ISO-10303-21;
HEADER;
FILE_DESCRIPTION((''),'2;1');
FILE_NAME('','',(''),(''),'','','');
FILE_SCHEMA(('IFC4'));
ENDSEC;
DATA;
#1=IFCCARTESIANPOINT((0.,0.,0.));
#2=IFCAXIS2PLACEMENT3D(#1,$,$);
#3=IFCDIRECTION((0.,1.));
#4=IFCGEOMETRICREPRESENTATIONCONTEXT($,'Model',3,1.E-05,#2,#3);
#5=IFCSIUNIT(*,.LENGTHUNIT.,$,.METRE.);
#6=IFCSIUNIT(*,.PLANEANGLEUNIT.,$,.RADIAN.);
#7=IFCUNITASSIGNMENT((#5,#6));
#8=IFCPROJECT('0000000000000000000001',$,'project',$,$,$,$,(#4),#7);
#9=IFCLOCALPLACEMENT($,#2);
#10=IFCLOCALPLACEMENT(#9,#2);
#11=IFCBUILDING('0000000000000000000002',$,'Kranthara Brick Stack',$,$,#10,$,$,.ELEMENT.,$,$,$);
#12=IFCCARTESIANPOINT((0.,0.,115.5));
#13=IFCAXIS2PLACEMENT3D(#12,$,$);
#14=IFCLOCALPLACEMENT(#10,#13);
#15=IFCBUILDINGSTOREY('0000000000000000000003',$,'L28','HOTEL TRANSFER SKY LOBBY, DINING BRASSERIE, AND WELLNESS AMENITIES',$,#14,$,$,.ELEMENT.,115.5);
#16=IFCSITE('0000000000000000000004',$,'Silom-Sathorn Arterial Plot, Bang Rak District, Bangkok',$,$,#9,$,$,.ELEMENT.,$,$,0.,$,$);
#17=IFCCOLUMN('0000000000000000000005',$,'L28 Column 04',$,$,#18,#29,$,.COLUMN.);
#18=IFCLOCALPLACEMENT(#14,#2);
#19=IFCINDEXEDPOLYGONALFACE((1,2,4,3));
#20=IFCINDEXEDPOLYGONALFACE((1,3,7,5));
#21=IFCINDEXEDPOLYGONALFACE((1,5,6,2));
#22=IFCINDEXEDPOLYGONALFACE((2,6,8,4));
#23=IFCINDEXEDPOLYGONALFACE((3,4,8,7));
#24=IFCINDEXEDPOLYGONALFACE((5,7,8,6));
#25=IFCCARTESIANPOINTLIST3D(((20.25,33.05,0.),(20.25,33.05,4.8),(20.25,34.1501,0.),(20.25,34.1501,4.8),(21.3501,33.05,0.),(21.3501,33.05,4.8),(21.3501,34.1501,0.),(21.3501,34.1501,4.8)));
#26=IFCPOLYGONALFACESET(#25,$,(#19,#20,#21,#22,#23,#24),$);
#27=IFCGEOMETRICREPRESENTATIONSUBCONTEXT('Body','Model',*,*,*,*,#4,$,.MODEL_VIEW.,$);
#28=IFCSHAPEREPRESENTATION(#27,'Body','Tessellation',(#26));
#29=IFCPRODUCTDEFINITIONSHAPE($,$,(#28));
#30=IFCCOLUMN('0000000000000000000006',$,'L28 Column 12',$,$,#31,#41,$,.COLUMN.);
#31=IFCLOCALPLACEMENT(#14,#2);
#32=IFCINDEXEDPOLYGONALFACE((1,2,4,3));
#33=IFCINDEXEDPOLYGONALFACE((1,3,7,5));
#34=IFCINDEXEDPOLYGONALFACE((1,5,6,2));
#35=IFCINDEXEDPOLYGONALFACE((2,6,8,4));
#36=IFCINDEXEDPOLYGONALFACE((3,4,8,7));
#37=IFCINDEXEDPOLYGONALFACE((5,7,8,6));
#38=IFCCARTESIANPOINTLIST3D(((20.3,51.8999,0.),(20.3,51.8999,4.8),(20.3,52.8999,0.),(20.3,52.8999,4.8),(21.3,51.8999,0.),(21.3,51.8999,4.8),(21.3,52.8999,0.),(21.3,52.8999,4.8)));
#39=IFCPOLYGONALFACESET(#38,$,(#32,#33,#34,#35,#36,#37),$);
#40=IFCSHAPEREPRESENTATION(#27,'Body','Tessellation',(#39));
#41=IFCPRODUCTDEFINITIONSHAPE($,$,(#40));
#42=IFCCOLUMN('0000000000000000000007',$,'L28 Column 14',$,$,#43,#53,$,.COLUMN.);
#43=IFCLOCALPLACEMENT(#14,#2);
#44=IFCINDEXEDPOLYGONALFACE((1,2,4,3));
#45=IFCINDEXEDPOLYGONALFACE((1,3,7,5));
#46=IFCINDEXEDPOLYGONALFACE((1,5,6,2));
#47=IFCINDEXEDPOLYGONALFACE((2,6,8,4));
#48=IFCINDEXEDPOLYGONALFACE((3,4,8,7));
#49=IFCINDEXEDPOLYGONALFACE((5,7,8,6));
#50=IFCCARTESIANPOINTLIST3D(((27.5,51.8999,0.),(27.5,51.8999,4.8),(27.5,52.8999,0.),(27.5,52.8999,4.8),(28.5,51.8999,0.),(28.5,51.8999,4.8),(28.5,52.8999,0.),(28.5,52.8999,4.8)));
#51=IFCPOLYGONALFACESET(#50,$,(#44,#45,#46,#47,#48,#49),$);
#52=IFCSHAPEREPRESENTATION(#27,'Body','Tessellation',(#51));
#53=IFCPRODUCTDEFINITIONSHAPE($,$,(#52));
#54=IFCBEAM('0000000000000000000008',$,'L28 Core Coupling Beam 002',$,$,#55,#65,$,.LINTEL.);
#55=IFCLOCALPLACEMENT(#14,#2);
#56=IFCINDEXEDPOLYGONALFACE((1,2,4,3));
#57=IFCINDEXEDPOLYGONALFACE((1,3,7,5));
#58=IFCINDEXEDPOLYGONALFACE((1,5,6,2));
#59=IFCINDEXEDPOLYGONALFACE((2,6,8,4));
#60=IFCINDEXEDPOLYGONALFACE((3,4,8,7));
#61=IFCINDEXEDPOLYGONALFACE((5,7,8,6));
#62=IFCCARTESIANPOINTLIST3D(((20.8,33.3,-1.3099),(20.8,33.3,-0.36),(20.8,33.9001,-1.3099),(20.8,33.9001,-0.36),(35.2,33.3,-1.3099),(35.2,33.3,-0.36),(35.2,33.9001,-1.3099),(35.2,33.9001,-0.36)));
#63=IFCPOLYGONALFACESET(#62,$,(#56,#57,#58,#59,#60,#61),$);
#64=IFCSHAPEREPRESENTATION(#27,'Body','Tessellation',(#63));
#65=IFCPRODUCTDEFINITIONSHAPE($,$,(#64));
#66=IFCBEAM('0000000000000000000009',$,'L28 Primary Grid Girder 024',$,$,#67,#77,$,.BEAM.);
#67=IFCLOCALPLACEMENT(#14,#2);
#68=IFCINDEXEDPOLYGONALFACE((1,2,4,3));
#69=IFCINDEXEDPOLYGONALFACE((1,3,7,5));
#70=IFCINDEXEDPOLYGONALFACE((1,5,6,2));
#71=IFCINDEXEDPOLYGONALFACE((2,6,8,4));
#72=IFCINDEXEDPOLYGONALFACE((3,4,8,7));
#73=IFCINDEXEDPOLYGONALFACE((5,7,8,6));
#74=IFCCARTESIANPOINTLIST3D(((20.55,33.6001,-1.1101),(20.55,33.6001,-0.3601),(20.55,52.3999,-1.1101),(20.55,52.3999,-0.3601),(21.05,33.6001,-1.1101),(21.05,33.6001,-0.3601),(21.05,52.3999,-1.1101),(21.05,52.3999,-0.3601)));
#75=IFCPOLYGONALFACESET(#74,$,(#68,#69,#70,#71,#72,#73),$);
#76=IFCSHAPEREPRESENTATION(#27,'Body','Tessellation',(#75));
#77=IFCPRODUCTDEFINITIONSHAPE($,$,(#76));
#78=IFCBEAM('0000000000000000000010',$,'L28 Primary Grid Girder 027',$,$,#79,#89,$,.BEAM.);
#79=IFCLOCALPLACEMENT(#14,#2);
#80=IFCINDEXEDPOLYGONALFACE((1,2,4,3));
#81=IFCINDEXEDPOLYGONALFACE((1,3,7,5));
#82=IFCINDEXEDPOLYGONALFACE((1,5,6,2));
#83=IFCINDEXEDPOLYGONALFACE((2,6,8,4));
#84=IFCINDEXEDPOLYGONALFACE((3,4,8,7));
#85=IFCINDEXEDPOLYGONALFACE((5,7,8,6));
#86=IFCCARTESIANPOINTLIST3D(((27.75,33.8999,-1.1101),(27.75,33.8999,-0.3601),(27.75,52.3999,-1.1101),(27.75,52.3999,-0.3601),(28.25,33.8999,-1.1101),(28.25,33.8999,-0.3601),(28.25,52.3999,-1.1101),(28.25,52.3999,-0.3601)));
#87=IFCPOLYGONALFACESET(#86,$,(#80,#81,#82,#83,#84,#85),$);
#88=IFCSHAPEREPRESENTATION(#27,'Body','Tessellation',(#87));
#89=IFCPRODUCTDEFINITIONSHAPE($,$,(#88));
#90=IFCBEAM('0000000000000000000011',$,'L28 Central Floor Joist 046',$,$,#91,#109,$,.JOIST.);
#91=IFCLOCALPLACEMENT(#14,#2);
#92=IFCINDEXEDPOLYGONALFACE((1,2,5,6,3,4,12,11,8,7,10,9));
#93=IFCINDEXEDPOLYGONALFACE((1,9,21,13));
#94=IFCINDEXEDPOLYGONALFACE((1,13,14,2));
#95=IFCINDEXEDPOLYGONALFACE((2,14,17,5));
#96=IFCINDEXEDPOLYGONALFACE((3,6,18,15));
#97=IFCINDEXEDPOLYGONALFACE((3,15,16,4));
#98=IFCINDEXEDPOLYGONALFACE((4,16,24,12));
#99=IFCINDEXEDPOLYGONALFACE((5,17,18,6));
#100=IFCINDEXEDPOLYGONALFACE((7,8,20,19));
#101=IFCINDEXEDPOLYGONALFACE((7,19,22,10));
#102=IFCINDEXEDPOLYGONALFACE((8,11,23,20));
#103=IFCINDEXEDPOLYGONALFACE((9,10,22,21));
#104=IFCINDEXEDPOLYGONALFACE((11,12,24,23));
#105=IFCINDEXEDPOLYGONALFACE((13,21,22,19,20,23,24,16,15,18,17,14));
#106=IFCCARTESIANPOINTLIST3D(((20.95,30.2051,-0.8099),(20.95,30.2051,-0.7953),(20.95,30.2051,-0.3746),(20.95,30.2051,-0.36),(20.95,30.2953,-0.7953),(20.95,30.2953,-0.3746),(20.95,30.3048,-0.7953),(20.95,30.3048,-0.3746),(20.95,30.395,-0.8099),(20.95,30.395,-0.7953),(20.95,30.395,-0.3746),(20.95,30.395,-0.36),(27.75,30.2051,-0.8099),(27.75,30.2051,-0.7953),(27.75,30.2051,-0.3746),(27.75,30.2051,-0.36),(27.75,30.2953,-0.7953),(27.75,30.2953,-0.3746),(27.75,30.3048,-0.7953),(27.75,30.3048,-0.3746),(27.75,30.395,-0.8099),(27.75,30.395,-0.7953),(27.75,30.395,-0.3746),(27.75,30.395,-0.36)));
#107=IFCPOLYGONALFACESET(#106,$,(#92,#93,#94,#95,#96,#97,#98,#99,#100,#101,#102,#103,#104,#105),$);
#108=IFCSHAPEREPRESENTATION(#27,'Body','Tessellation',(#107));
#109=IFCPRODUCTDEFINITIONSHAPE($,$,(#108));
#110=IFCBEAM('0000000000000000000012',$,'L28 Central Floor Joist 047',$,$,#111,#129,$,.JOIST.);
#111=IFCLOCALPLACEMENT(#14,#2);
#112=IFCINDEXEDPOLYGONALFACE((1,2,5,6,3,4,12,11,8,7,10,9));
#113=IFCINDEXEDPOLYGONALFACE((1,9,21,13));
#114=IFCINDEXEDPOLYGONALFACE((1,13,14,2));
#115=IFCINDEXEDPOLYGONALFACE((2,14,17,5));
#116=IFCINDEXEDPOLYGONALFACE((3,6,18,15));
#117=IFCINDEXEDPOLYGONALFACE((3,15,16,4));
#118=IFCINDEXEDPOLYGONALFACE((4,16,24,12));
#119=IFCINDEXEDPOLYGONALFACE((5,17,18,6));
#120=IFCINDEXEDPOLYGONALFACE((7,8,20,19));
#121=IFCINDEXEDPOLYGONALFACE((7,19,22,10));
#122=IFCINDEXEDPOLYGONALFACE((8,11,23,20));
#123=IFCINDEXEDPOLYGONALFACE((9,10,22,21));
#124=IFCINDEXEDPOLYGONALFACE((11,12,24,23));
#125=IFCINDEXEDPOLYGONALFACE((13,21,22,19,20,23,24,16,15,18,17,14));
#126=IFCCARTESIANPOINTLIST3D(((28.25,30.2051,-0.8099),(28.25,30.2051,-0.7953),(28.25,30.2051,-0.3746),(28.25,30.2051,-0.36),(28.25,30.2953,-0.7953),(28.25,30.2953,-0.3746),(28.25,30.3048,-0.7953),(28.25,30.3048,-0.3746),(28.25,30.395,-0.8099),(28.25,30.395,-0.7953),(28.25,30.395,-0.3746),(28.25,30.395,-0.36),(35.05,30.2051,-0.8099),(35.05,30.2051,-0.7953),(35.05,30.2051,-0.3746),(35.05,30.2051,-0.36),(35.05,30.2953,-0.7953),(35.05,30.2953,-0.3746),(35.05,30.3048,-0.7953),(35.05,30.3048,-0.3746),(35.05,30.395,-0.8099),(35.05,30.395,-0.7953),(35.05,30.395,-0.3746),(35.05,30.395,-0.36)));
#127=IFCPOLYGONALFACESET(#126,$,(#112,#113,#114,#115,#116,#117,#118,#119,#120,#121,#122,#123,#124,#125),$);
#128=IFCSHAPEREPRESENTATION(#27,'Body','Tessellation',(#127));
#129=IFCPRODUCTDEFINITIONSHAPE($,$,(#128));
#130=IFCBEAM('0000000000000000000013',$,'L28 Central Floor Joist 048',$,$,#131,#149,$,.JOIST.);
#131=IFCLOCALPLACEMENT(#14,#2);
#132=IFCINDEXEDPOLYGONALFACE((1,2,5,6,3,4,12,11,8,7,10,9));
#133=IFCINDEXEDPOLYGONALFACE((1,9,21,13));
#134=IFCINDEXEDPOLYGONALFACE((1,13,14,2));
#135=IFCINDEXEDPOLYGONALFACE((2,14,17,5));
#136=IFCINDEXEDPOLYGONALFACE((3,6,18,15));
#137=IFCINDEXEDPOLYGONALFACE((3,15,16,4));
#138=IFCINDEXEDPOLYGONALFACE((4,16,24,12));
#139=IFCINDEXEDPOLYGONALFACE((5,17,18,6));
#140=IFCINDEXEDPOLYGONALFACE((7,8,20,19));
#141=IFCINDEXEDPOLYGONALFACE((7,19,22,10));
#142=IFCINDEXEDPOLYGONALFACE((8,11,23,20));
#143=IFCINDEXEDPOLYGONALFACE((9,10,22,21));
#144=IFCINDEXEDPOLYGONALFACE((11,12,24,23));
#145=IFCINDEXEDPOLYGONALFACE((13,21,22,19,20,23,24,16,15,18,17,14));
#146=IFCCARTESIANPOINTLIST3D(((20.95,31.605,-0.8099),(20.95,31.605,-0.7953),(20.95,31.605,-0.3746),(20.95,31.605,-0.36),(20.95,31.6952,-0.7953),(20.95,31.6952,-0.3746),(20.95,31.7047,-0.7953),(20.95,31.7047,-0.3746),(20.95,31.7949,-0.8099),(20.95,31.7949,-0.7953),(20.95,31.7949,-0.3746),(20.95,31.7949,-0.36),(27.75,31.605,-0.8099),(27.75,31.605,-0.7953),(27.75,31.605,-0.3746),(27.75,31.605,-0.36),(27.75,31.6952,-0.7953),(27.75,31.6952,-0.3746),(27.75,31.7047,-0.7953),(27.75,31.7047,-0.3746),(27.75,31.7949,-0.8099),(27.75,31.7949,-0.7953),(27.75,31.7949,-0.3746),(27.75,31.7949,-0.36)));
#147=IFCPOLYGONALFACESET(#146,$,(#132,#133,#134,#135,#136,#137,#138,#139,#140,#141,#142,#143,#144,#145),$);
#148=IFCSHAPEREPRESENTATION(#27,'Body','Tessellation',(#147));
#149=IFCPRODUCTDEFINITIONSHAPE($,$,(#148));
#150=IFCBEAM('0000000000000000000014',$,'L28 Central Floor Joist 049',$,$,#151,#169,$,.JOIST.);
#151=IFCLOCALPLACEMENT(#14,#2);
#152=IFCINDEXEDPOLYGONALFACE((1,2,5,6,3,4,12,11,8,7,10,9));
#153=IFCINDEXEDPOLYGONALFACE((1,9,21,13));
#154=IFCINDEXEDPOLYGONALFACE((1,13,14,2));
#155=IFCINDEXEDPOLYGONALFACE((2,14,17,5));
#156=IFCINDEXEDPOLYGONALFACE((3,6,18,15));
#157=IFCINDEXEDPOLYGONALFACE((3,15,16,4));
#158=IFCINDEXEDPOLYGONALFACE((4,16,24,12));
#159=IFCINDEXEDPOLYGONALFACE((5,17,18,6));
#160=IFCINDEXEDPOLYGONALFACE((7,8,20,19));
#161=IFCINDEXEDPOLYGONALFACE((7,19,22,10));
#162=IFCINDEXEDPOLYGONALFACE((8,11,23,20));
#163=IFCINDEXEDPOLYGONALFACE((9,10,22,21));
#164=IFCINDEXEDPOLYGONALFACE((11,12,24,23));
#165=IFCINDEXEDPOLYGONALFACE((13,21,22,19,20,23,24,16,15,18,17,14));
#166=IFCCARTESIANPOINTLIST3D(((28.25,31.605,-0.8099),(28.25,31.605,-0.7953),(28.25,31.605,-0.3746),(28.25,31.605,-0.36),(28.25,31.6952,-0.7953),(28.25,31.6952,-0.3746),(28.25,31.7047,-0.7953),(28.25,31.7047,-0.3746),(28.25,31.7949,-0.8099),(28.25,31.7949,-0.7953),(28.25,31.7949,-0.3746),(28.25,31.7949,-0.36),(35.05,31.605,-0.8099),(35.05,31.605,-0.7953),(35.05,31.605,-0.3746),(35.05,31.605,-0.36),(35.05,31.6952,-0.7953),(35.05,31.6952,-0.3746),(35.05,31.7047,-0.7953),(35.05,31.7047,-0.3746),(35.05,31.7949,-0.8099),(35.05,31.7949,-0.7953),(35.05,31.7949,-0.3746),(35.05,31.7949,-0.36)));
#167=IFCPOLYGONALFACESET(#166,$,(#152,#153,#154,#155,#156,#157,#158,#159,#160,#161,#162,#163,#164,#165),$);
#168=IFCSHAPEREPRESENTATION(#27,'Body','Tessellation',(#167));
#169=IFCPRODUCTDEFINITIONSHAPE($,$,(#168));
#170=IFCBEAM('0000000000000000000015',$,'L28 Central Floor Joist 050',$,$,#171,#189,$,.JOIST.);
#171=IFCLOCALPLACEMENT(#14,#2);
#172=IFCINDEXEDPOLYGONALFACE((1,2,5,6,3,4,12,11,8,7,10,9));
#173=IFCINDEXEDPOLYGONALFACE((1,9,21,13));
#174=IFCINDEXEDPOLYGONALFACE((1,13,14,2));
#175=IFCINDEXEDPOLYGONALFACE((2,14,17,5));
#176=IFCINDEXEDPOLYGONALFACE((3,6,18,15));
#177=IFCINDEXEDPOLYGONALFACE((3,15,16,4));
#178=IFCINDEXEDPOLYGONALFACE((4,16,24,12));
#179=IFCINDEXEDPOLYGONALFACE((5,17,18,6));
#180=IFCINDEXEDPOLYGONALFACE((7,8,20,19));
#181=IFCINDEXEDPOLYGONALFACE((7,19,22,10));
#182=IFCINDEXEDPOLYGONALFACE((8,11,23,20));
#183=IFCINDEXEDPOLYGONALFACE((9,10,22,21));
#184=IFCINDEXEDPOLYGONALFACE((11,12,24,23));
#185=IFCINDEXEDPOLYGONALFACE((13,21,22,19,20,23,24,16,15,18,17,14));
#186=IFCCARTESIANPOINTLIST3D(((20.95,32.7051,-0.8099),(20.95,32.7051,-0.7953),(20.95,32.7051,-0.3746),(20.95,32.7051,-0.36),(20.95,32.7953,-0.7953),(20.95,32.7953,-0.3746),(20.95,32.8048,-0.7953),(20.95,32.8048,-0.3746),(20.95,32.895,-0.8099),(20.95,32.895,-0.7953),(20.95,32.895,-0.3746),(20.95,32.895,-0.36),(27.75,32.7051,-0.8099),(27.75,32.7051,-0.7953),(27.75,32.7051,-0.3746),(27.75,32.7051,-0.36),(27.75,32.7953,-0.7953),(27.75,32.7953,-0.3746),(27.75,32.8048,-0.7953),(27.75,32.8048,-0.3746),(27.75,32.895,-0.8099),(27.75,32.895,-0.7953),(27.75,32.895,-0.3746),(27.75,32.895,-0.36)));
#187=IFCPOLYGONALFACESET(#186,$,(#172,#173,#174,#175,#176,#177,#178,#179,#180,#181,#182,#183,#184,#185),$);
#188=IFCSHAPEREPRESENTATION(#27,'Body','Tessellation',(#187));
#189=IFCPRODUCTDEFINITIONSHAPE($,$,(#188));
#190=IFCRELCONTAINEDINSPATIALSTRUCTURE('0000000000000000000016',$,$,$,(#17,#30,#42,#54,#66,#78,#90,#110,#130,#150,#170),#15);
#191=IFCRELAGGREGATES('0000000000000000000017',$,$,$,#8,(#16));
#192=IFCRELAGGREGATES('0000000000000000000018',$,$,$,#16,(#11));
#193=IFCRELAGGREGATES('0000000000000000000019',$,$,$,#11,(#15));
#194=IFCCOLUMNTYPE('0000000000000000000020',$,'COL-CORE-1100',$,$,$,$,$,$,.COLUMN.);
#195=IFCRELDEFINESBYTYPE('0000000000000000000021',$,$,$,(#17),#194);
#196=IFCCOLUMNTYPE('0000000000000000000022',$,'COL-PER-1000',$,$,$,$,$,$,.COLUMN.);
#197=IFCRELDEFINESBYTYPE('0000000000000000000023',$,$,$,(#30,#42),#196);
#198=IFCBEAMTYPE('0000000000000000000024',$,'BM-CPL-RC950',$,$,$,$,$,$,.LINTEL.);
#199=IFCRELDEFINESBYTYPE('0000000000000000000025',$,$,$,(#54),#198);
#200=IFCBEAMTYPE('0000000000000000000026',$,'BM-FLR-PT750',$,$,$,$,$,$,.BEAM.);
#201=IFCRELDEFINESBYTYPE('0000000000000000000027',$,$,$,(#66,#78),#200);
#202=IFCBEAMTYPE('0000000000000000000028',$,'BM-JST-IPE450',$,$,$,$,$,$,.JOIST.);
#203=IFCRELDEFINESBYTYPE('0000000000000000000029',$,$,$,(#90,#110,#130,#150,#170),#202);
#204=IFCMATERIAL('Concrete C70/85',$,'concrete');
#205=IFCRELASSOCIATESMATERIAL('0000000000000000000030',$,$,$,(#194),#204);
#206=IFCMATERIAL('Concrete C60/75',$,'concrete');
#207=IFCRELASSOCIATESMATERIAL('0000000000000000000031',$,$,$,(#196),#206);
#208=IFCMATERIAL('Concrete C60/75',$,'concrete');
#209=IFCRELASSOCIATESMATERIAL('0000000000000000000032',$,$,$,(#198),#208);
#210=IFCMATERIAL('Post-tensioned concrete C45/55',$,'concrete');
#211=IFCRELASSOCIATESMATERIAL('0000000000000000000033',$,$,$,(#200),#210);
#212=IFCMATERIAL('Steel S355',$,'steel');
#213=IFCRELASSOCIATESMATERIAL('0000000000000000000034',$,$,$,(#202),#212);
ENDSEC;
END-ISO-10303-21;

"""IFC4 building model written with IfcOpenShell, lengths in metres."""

from ifc_helpers import new_model, si_unit, direction, frame, origin, origin_2d, place, context, subcontext, project, spatial, rectangle, i_section, extrude, material, material_profile, profile_set, type_object, element, save


model = new_model("IFC4")

# Units and contexts
model_context = context("Model", 3, precision=1e-05, world=origin(), true_north=direction((0.0, 1.0)))
body_context = subcontext(model_context, "Body", "Model", "MODEL_VIEW")
ifc_project = project(units=[si_unit("LENGTHUNIT", "METRE"), si_unit("PLANEANGLEUNIT", "RADIAN")], contexts=[model_context])

# Site, building, storey
site_placement = place(None, origin())
site = spatial("IfcSite", under=ifc_project, at=site_placement, Name="Silom-Sathorn Arterial Plot, Bang Rak District, Bangkok", CompositionType="ELEMENT", RefElevation=0.0)
building_placement = place(site_placement, origin())
building = spatial("IfcBuilding", under=site, at=building_placement, Name="Kranthara Brick Stack", CompositionType="ELEMENT")
storey_placement = place(building_placement, frame((0.0, 0.0, 115.5)))
storey = spatial("IfcBuildingStorey", under=building, at=storey_placement, Name="L28", Description="HOTEL TRANSFER SKY LOBBY, DINING BRASSERIE, AND WELLNESS AMENITIES", CompositionType="ELEMENT", Elevation=115.5)

# Columns
ifc_material_1 = material(Name="Concrete C70/85", Category="concrete")
ifc_material_profile_1 = material_profile(ifc_material_1, rectangle(XDim=1.1001, YDim=1.1001, at=origin_2d()), Name="RC 1100x1100")
ifc_profile_set_1 = profile_set([ifc_material_profile_1], Name="Concrete C70/85")
column_type_1 = type_object("IfcColumnType", Name="COL-CORE-1100", PredefinedType="COLUMN", material=ifc_profile_set_1)
column_placement = place(storey_placement, frame((20.8, 33.6001, 0.0), z_axis=(0.0, 0.0, 1.0), x_axis=(1.0, 0.0, 0.0)))
element("IfcColumn", 1, at=column_placement, inside=storey, type_object=column_type_1, Name="L28 Column 04", PredefinedType="COLUMN", context=body_context, shape_type="SweptSolid", body=[
    extrude(rectangle(XDim=1.1001, YDim=1.1001, at=origin_2d()), origin(), (0.0, 0.0, 1.0), 4.8),
])
ifc_material_2 = material(Name="Concrete C60/75", Category="concrete")
ifc_material_profile_2 = material_profile(ifc_material_2, rectangle(XDim=1.0, YDim=1.0, at=origin_2d()), Name="RC 1000x1000")
ifc_profile_set_2 = profile_set([ifc_material_profile_2], Name="Concrete C60/75")
column_type_2 = type_object("IfcColumnType", Name="COL-PER-1000", PredefinedType="COLUMN", material=ifc_profile_set_2)
for number, where, z_axis, x_axis, name in (
    (2, (20.8, 52.3999, 0.0), (0.0, 0.0, 1.0), (1.0, 0.0, 0.0), "L28 Column 12"),
    (3, (28.0, 52.3999, 0.0), (0.0, 0.0, 1.0), (1.0, 0.0, 0.0), "L28 Column 14"),
):
    element("IfcColumn", number, at=place(storey_placement, frame(where, z_axis=z_axis, x_axis=x_axis)), inside=storey, type_object=column_type_2, Name=name, PredefinedType="COLUMN", context=body_context, shape_type="SweptSolid", body=[
        extrude(rectangle(XDim=1.0, YDim=1.0, at=origin_2d()), origin(), (0.0, 0.0, 1.0), 4.8),
    ])

# Beams
ifc_material_3 = material(Name="Concrete C60/75", Category="concrete")
ifc_material_profile_3 = material_profile(ifc_material_3, rectangle(XDim=0.6001, YDim=0.95, at=origin_2d()), Name="RC 600x950")
ifc_profile_set_3 = profile_set([ifc_material_profile_3], Name="Concrete C60/75")
beam_type_1 = type_object("IfcBeamType", Name="BM-CPL-RC950", PredefinedType="LINTEL", material=ifc_profile_set_3)
beam_1_placement = place(storey_placement, frame((20.8, 33.6001, -0.835), z_axis=(1.0, 0.0, 0.0), x_axis=(0.0, 1.0, 0.0)))
element("IfcBeam", 4, at=beam_1_placement, inside=storey, type_object=beam_type_1, Name="L28 Core Coupling Beam 002", PredefinedType="LINTEL", context=body_context, shape_type="SweptSolid", body=[
    extrude(rectangle(XDim=0.6001, YDim=0.95, at=origin_2d()), origin(), (0.0, 0.0, 1.0), 14.3999),
])
ifc_material_4 = material(Name="Post-tensioned concrete C45/55", Category="concrete")
ifc_material_profile_4 = material_profile(ifc_material_4, rectangle(XDim=0.5, YDim=0.75, at=origin_2d()), Name="PT 500x750")
ifc_profile_set_4 = profile_set([ifc_material_profile_4], Name="Post-tensioned concrete C45/55")
beam_type_2 = type_object("IfcBeamType", Name="BM-FLR-PT750", PredefinedType="BEAM", material=ifc_profile_set_4)
beam_2_placement = place(storey_placement, frame((20.8, 33.6001, -0.7351), z_axis=(0.0, 1.0, 0.0), x_axis=(-1.0, 0.0, 0.0)))
element("IfcBeam", 5, at=beam_2_placement, inside=storey, type_object=beam_type_2, Name="L28 Primary Grid Girder 024", PredefinedType="BEAM", context=body_context, shape_type="SweptSolid", body=[
    extrude(rectangle(XDim=0.5, YDim=0.75, at=origin_2d()), origin(), (0.0, 0.0, 1.0), 18.7998),
])
beam_3_placement = place(storey_placement, frame((28.0, 33.8999, -0.7351), z_axis=(0.0, 1.0, 0.0), x_axis=(-1.0, 0.0, 0.0)))
element("IfcBeam", 6, at=beam_3_placement, inside=storey, type_object=beam_type_2, Name="L28 Primary Grid Girder 027", PredefinedType="BEAM", context=body_context, shape_type="SweptSolid", body=[
    extrude(rectangle(XDim=0.5, YDim=0.75, at=origin_2d()), origin(), (0.0, 0.0, 1.0), 18.5),
])
ifc_material_5 = material(Name="Steel S355", Category="steel")
ifc_material_profile_5 = material_profile(ifc_material_5, i_section(OverallWidth=0.1899, OverallDepth=0.45, WebThickness=0.0095, FlangeThickness=0.0146, at=origin_2d()), Name="IPE 450")
ifc_profile_set_5 = profile_set([ifc_material_profile_5], Name="Steel S355")
beam_type_3 = type_object("IfcBeamType", Name="BM-JST-IPE450", PredefinedType="JOIST", material=ifc_profile_set_5)
for number, where, z_axis, x_axis, name in (
    (7, (20.95, 30.3, -0.585), (1.0, 0.0, 0.0), (0.0, 1.0, 0.0), "L28 Central Floor Joist 046"),
    (8, (28.25, 30.3, -0.585), (1.0, 0.0, 0.0), (0.0, 1.0, 0.0), "L28 Central Floor Joist 047"),
    (9, (20.95, 31.7, -0.585), (1.0, 0.0, 0.0), (0.0, 1.0, 0.0), "L28 Central Floor Joist 048"),
    (10, (28.25, 31.7, -0.585), (1.0, 0.0, 0.0), (0.0, 1.0, 0.0), "L28 Central Floor Joist 049"),
    (11, (20.95, 32.8, -0.585), (1.0, 0.0, 0.0), (0.0, 1.0, 0.0), "L28 Central Floor Joist 050"),
):
    element("IfcBeam", number, at=place(storey_placement, frame(where, z_axis=z_axis, x_axis=x_axis)), inside=storey, type_object=beam_type_3, Name=name, PredefinedType="JOIST", context=body_context, shape_type="SweptSolid", body=[
        extrude(i_section(OverallWidth=0.1899, OverallDepth=0.45, WebThickness=0.0095, FlangeThickness=0.0146, at=origin_2d()), origin(), (0.0, 0.0, 1.0), 6.8),
    ])

save(model, "model.ifc")
